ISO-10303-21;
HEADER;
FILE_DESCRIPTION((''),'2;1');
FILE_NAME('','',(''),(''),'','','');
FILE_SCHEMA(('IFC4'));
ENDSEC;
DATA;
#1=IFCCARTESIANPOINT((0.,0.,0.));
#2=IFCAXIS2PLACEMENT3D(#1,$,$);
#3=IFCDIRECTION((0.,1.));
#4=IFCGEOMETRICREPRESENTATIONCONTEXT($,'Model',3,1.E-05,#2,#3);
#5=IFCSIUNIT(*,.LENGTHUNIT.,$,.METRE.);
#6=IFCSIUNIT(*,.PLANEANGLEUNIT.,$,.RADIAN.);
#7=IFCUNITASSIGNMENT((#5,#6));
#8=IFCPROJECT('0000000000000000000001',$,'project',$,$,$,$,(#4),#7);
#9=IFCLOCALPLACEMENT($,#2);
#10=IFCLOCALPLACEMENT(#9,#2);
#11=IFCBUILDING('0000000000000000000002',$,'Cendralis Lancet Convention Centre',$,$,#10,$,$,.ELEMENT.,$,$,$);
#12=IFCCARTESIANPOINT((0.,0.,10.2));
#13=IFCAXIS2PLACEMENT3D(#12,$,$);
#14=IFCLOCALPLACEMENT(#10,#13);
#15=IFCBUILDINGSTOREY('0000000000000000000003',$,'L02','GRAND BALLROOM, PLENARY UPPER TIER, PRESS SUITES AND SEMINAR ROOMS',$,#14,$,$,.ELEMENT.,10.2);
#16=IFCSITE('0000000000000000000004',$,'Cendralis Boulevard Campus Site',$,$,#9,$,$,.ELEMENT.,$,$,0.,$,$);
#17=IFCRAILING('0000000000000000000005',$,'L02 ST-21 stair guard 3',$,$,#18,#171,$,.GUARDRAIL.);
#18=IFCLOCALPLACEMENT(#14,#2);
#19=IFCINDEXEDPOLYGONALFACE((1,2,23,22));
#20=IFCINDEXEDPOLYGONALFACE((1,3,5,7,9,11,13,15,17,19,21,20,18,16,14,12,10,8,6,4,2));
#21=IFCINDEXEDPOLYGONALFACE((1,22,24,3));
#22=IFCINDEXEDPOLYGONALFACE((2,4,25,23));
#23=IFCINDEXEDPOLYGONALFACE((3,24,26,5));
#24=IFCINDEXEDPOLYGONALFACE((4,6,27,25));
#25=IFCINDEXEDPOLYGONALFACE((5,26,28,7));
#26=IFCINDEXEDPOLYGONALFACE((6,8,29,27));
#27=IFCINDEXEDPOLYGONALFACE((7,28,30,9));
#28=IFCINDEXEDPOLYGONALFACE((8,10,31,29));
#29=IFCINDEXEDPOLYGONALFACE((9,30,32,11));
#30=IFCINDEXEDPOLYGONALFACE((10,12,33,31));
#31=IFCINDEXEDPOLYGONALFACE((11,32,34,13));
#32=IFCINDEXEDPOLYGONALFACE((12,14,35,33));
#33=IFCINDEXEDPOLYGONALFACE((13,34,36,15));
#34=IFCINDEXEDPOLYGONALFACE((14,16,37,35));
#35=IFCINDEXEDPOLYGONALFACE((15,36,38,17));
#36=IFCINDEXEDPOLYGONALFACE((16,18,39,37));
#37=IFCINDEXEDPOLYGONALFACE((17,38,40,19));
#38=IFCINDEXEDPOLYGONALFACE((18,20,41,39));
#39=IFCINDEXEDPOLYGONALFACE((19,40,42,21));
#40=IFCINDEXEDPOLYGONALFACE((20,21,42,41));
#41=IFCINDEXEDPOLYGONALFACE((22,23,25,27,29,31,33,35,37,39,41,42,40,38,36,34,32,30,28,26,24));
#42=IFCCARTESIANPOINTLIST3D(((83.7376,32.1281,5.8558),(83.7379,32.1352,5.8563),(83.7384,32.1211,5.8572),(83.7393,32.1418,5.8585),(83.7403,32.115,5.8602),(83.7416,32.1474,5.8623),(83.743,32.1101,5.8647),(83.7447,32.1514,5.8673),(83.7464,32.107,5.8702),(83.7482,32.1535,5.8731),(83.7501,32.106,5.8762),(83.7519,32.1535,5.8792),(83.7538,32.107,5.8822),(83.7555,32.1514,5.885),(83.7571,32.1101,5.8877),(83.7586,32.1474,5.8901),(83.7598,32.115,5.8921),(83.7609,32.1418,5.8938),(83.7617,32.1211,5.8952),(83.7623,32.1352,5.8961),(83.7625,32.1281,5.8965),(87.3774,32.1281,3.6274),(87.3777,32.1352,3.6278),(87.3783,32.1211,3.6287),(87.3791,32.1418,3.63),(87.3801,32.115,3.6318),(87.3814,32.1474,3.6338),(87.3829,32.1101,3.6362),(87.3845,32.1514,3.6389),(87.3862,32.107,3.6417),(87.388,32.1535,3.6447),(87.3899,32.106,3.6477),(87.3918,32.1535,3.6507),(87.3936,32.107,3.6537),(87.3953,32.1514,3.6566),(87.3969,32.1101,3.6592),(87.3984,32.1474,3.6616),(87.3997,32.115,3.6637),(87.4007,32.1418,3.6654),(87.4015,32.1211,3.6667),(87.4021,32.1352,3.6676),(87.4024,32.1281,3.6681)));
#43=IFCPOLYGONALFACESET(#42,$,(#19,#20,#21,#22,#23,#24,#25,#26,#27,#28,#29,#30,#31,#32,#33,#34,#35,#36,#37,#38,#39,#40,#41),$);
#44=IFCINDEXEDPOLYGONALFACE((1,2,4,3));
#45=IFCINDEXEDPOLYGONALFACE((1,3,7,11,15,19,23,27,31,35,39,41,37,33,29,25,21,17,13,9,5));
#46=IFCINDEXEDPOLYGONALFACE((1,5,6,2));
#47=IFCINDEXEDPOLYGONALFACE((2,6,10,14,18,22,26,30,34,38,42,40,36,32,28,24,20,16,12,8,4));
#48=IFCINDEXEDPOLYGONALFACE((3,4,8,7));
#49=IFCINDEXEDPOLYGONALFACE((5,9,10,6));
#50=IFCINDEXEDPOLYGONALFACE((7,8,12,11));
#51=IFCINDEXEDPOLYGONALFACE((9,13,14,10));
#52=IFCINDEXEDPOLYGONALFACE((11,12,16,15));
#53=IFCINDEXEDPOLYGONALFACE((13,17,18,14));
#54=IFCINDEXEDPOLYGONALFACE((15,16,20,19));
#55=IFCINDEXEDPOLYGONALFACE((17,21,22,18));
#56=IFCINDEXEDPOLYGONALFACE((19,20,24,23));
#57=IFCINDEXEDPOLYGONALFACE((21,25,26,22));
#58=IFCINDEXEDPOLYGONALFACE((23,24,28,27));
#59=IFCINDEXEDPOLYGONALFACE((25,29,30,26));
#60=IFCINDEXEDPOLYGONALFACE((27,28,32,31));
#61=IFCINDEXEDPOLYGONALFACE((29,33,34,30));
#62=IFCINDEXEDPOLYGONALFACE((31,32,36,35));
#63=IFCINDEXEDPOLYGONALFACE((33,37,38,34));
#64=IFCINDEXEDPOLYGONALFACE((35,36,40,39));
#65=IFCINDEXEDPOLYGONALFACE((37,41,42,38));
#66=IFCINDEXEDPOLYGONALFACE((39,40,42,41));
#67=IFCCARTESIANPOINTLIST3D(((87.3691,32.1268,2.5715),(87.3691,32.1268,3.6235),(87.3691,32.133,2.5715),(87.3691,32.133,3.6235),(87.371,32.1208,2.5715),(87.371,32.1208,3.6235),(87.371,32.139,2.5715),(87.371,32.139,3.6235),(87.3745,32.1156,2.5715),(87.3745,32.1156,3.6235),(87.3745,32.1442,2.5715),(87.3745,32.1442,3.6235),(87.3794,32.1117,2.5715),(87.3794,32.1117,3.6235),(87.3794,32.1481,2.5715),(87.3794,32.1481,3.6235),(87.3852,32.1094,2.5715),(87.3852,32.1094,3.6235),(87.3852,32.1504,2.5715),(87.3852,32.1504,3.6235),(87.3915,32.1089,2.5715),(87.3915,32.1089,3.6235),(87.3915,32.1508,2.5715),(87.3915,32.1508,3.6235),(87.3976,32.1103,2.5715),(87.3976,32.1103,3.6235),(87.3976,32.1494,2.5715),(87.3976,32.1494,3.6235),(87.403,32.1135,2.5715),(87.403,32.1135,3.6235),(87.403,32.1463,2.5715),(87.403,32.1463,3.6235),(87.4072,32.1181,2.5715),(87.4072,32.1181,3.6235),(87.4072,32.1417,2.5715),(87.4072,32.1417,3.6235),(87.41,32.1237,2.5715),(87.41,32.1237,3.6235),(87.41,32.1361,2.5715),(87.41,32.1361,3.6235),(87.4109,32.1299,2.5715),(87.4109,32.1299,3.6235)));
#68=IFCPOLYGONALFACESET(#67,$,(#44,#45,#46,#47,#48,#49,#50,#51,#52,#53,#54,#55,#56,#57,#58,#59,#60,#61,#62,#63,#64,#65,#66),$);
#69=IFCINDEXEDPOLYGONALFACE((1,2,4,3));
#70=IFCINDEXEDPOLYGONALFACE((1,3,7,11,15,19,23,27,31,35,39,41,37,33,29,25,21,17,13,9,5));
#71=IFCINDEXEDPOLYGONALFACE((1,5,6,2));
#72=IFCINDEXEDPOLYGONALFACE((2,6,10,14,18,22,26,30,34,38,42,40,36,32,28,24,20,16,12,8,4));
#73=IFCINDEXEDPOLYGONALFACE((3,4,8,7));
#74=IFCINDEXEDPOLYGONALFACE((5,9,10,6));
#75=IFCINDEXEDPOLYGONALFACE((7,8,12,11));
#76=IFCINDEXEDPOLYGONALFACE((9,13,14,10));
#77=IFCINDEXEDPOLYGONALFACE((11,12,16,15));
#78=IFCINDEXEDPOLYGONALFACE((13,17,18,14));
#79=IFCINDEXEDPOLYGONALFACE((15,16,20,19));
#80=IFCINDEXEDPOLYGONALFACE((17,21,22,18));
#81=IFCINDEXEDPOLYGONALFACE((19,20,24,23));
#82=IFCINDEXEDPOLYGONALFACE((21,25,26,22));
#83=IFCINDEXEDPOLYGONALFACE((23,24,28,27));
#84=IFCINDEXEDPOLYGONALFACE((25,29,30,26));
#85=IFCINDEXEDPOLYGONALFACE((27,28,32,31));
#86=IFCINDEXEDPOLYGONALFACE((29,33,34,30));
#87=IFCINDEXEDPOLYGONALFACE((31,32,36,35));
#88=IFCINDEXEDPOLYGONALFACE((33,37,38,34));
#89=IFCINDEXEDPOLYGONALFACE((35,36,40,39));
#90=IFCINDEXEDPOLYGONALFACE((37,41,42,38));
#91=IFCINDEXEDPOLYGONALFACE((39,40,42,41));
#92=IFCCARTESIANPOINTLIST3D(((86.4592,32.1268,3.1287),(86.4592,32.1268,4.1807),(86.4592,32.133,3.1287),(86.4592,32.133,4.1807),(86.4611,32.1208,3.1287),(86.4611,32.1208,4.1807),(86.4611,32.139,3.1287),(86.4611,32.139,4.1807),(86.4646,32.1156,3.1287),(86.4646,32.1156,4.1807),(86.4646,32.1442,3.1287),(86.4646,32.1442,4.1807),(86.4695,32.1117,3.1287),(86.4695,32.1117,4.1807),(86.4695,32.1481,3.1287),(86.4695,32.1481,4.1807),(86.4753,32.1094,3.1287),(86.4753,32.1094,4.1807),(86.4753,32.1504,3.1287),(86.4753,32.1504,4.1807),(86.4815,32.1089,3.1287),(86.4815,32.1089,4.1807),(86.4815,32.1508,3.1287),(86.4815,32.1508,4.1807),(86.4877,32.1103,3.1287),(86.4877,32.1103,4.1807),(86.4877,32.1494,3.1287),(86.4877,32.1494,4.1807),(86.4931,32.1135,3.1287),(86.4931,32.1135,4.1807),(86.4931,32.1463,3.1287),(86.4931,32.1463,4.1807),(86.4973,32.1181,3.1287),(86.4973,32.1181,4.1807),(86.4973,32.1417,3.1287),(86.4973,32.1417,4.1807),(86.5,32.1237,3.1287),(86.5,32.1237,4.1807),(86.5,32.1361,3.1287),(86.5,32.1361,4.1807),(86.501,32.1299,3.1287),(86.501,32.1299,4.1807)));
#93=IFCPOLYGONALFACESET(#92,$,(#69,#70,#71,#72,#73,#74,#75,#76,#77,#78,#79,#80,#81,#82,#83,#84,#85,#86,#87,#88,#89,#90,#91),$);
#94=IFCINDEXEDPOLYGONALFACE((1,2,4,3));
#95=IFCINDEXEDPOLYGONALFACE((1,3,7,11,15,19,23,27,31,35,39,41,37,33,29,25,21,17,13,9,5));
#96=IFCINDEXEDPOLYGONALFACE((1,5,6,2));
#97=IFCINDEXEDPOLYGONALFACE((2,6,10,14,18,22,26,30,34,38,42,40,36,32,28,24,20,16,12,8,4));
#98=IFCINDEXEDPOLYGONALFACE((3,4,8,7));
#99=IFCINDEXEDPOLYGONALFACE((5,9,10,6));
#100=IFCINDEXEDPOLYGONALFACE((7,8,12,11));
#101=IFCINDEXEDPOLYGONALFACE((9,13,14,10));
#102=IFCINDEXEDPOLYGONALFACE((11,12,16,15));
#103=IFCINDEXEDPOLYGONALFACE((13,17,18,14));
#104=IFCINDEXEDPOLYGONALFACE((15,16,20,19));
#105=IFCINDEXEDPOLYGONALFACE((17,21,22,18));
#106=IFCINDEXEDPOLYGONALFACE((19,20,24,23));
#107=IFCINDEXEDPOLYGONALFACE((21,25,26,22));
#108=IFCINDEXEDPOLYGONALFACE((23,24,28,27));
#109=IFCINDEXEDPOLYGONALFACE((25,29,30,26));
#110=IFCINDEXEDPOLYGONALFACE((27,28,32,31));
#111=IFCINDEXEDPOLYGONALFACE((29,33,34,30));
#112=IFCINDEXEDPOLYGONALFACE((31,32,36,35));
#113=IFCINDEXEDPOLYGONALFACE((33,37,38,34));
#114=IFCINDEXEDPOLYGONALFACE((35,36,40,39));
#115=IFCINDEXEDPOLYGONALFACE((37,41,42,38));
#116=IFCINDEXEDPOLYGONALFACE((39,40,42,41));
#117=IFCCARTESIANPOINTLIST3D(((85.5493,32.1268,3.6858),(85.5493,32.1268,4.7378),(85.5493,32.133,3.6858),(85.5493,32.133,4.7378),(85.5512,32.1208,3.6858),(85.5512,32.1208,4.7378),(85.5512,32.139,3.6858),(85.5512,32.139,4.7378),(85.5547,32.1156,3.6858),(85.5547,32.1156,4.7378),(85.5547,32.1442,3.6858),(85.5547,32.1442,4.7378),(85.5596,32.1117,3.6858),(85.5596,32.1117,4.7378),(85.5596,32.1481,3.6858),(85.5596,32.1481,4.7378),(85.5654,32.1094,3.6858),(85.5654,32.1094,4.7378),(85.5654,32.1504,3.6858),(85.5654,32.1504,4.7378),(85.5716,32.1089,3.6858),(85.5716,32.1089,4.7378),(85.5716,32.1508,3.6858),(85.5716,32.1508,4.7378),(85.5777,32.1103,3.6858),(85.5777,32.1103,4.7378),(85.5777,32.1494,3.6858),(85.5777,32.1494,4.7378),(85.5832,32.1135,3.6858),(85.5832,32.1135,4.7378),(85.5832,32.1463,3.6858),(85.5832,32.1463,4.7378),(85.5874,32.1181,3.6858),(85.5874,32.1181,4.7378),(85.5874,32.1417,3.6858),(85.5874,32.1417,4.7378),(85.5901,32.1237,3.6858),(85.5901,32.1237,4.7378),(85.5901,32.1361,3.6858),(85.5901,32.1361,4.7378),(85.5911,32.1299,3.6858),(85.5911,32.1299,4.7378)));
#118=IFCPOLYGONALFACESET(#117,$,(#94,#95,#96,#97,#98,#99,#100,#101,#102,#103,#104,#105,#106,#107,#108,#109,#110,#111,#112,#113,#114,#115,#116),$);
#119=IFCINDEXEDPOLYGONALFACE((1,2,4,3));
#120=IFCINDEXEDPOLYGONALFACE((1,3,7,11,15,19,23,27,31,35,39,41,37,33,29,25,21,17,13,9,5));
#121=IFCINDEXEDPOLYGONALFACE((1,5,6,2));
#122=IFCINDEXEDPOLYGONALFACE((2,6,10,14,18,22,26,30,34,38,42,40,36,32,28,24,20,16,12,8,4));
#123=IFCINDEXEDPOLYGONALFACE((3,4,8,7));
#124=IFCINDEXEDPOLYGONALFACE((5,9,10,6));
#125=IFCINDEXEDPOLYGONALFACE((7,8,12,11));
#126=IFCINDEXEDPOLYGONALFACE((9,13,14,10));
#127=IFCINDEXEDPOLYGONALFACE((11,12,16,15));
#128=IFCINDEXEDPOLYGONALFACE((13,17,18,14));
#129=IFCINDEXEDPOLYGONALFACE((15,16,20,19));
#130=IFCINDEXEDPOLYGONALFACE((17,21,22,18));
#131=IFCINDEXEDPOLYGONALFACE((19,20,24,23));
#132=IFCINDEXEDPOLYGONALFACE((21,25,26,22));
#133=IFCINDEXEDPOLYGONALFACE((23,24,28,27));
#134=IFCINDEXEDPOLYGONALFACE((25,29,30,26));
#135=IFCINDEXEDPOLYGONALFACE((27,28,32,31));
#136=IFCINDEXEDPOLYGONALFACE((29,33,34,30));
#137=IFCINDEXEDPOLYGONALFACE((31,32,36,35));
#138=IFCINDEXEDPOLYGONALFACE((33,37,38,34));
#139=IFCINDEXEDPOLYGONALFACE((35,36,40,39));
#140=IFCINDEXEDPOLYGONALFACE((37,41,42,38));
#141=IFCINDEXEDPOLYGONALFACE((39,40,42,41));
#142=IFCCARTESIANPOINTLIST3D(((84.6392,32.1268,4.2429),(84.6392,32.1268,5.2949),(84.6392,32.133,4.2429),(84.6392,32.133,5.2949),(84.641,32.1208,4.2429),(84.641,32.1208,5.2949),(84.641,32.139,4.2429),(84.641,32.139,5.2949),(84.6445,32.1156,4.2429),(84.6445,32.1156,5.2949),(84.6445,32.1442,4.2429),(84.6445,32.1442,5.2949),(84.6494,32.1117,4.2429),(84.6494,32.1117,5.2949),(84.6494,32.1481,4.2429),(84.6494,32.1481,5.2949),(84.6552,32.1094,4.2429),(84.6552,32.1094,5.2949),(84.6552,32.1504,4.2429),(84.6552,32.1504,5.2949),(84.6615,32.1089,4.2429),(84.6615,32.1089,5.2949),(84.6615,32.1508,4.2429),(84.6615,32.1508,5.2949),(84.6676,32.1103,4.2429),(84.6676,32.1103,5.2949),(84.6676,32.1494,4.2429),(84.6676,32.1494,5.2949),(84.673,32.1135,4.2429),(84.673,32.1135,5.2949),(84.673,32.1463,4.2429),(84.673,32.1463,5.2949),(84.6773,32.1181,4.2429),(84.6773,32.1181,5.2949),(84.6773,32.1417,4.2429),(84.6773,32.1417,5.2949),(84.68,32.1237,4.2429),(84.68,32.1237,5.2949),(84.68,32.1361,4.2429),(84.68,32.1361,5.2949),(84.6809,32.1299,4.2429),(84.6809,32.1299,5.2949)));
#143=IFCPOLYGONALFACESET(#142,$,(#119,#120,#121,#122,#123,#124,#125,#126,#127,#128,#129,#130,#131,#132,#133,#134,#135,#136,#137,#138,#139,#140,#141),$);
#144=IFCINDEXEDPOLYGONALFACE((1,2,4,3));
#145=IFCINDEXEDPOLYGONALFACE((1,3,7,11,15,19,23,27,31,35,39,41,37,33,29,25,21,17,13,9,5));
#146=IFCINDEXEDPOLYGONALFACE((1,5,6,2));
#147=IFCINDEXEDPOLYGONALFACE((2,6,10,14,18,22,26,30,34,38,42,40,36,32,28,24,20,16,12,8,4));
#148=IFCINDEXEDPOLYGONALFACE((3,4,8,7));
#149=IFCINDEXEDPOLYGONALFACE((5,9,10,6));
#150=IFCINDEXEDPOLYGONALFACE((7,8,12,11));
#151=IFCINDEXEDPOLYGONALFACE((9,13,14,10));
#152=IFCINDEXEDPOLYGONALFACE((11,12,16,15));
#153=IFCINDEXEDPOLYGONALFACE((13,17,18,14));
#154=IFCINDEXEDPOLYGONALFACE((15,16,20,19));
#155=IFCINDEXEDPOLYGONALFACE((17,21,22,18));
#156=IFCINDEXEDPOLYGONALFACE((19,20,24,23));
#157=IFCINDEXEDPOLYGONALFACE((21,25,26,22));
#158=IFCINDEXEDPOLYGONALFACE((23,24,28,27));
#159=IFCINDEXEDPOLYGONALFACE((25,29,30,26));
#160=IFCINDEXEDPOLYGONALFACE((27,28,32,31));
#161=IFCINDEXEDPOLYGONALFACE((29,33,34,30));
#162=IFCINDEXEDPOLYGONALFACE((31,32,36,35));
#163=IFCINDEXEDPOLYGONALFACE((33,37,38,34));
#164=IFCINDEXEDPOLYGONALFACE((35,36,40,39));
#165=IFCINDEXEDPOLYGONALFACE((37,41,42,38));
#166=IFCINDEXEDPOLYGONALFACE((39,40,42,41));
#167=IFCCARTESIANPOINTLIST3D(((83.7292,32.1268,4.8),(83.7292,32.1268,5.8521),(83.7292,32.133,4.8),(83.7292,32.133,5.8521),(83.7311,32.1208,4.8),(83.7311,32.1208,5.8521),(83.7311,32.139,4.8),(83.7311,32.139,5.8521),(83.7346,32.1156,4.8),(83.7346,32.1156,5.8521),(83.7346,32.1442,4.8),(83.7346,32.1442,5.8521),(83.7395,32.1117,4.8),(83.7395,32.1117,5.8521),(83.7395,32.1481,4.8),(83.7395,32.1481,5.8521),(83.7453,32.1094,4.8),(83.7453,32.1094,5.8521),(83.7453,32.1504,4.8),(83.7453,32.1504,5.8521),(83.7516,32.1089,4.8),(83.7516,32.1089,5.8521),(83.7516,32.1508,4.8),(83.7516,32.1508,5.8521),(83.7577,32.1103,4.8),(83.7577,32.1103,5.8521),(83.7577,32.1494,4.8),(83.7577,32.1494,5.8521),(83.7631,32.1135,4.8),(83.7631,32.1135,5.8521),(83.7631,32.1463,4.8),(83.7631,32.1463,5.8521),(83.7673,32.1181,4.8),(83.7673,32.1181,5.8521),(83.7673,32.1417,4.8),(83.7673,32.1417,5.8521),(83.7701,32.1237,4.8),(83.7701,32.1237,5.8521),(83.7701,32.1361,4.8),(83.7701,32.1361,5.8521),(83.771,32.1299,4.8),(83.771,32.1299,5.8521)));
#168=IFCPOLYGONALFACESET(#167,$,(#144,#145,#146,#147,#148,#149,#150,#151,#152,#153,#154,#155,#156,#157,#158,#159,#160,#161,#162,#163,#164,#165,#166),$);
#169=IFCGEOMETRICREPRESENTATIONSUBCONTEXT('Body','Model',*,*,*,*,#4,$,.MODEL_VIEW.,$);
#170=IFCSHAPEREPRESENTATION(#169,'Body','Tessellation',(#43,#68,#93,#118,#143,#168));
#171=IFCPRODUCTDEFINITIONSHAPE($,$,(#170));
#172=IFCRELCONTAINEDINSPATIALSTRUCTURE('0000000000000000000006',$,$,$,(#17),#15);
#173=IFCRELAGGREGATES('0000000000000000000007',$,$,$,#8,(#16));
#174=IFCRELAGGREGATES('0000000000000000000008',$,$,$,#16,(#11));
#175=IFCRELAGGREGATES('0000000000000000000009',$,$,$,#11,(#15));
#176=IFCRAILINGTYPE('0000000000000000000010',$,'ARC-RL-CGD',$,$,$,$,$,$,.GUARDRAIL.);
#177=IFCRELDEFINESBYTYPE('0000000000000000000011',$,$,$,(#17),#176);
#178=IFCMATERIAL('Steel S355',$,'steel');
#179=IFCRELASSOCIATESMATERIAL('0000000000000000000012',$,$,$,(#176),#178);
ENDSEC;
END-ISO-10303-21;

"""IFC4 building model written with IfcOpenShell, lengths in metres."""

from ifc_helpers import new_model, si_unit, direction, frame, origin, origin_2d, place, context, subcontext, project, spatial, circle, extrude, material, type_object, element, save


model = new_model("IFC4")

# Units and contexts
model_context = context("Model", 3, precision=1e-05, world=origin(), true_north=direction((0.0, 1.0)))
body_context = subcontext(model_context, "Body", "Model", "MODEL_VIEW")
ifc_project = project(units=[si_unit("LENGTHUNIT", "METRE"), si_unit("PLANEANGLEUNIT", "RADIAN")], contexts=[model_context])

# Site, building, storey
site_placement = place(None, origin())
site = spatial("IfcSite", under=ifc_project, at=site_placement, Name="Cendralis Boulevard Campus Site", CompositionType="ELEMENT", RefElevation=0.0)
building_placement = place(site_placement, origin())
building = spatial("IfcBuilding", under=site, at=building_placement, Name="Cendralis Lancet Convention Centre", CompositionType="ELEMENT")
storey_placement = place(building_placement, frame((0.0, 0.0, 10.2)))
storey = spatial("IfcBuildingStorey", under=building, at=storey_placement, Name="L02", Description="GRAND BALLROOM, PLENARY UPPER TIER, PRESS SUITES AND SEMINAR ROOMS", CompositionType="ELEMENT", Elevation=10.2)

# Shared definitions
ifc_material_1 = material(Name="Steel S355", Category="steel")

# Railing
railing_type_1 = type_object("IfcRailingType", Name="ARC-RL-CGD", PredefinedType="GUARDRAIL", material=ifc_material_1)
railing_1_placement = place(storey_placement, frame((87.3899, 32.1299, 2.5715)))
element("IfcRailing", 1, at=railing_1_placement, inside=storey, type_object=railing_type_1, Name="L02 ST-21 stair guard 3", PredefinedType="GUARDRAIL", context=body_context, shape_type="SweptSolid", body=[
    extrude(circle(Radius=0.0239, at=origin_2d()), frame((0.0, 0.0, 1.0762), z_axis=(-0.85285, 0.0, 0.522156), x_axis=(0.0, -1.0, 0.0)), (0.0, 0.0, 1.0), 4.2678),
    extrude(circle(Radius=0.021, at=origin_2d()), origin(), (0.0, 0.0, 1.0), 1.052),
    extrude(circle(Radius=0.021, at=origin_2d()), frame((-0.9099, 0.0, 0.5571)), (0.0, 0.0, 1.0), 1.052),
    extrude(circle(Radius=0.021, at=origin_2d()), frame((-1.8198, 0.0, 1.1143)), (0.0, 0.0, 1.0), 1.052),
    extrude(circle(Radius=0.021, at=origin_2d()), frame((-2.73, 0.0, 1.6714)), (0.0, 0.0, 1.0), 1.052),
    extrude(circle(Radius=0.021, at=origin_2d()), frame((-3.6399, 0.0, 2.2285)), (0.0, 0.0, 1.0), 1.052),
])

save(model, "model.ifc")
